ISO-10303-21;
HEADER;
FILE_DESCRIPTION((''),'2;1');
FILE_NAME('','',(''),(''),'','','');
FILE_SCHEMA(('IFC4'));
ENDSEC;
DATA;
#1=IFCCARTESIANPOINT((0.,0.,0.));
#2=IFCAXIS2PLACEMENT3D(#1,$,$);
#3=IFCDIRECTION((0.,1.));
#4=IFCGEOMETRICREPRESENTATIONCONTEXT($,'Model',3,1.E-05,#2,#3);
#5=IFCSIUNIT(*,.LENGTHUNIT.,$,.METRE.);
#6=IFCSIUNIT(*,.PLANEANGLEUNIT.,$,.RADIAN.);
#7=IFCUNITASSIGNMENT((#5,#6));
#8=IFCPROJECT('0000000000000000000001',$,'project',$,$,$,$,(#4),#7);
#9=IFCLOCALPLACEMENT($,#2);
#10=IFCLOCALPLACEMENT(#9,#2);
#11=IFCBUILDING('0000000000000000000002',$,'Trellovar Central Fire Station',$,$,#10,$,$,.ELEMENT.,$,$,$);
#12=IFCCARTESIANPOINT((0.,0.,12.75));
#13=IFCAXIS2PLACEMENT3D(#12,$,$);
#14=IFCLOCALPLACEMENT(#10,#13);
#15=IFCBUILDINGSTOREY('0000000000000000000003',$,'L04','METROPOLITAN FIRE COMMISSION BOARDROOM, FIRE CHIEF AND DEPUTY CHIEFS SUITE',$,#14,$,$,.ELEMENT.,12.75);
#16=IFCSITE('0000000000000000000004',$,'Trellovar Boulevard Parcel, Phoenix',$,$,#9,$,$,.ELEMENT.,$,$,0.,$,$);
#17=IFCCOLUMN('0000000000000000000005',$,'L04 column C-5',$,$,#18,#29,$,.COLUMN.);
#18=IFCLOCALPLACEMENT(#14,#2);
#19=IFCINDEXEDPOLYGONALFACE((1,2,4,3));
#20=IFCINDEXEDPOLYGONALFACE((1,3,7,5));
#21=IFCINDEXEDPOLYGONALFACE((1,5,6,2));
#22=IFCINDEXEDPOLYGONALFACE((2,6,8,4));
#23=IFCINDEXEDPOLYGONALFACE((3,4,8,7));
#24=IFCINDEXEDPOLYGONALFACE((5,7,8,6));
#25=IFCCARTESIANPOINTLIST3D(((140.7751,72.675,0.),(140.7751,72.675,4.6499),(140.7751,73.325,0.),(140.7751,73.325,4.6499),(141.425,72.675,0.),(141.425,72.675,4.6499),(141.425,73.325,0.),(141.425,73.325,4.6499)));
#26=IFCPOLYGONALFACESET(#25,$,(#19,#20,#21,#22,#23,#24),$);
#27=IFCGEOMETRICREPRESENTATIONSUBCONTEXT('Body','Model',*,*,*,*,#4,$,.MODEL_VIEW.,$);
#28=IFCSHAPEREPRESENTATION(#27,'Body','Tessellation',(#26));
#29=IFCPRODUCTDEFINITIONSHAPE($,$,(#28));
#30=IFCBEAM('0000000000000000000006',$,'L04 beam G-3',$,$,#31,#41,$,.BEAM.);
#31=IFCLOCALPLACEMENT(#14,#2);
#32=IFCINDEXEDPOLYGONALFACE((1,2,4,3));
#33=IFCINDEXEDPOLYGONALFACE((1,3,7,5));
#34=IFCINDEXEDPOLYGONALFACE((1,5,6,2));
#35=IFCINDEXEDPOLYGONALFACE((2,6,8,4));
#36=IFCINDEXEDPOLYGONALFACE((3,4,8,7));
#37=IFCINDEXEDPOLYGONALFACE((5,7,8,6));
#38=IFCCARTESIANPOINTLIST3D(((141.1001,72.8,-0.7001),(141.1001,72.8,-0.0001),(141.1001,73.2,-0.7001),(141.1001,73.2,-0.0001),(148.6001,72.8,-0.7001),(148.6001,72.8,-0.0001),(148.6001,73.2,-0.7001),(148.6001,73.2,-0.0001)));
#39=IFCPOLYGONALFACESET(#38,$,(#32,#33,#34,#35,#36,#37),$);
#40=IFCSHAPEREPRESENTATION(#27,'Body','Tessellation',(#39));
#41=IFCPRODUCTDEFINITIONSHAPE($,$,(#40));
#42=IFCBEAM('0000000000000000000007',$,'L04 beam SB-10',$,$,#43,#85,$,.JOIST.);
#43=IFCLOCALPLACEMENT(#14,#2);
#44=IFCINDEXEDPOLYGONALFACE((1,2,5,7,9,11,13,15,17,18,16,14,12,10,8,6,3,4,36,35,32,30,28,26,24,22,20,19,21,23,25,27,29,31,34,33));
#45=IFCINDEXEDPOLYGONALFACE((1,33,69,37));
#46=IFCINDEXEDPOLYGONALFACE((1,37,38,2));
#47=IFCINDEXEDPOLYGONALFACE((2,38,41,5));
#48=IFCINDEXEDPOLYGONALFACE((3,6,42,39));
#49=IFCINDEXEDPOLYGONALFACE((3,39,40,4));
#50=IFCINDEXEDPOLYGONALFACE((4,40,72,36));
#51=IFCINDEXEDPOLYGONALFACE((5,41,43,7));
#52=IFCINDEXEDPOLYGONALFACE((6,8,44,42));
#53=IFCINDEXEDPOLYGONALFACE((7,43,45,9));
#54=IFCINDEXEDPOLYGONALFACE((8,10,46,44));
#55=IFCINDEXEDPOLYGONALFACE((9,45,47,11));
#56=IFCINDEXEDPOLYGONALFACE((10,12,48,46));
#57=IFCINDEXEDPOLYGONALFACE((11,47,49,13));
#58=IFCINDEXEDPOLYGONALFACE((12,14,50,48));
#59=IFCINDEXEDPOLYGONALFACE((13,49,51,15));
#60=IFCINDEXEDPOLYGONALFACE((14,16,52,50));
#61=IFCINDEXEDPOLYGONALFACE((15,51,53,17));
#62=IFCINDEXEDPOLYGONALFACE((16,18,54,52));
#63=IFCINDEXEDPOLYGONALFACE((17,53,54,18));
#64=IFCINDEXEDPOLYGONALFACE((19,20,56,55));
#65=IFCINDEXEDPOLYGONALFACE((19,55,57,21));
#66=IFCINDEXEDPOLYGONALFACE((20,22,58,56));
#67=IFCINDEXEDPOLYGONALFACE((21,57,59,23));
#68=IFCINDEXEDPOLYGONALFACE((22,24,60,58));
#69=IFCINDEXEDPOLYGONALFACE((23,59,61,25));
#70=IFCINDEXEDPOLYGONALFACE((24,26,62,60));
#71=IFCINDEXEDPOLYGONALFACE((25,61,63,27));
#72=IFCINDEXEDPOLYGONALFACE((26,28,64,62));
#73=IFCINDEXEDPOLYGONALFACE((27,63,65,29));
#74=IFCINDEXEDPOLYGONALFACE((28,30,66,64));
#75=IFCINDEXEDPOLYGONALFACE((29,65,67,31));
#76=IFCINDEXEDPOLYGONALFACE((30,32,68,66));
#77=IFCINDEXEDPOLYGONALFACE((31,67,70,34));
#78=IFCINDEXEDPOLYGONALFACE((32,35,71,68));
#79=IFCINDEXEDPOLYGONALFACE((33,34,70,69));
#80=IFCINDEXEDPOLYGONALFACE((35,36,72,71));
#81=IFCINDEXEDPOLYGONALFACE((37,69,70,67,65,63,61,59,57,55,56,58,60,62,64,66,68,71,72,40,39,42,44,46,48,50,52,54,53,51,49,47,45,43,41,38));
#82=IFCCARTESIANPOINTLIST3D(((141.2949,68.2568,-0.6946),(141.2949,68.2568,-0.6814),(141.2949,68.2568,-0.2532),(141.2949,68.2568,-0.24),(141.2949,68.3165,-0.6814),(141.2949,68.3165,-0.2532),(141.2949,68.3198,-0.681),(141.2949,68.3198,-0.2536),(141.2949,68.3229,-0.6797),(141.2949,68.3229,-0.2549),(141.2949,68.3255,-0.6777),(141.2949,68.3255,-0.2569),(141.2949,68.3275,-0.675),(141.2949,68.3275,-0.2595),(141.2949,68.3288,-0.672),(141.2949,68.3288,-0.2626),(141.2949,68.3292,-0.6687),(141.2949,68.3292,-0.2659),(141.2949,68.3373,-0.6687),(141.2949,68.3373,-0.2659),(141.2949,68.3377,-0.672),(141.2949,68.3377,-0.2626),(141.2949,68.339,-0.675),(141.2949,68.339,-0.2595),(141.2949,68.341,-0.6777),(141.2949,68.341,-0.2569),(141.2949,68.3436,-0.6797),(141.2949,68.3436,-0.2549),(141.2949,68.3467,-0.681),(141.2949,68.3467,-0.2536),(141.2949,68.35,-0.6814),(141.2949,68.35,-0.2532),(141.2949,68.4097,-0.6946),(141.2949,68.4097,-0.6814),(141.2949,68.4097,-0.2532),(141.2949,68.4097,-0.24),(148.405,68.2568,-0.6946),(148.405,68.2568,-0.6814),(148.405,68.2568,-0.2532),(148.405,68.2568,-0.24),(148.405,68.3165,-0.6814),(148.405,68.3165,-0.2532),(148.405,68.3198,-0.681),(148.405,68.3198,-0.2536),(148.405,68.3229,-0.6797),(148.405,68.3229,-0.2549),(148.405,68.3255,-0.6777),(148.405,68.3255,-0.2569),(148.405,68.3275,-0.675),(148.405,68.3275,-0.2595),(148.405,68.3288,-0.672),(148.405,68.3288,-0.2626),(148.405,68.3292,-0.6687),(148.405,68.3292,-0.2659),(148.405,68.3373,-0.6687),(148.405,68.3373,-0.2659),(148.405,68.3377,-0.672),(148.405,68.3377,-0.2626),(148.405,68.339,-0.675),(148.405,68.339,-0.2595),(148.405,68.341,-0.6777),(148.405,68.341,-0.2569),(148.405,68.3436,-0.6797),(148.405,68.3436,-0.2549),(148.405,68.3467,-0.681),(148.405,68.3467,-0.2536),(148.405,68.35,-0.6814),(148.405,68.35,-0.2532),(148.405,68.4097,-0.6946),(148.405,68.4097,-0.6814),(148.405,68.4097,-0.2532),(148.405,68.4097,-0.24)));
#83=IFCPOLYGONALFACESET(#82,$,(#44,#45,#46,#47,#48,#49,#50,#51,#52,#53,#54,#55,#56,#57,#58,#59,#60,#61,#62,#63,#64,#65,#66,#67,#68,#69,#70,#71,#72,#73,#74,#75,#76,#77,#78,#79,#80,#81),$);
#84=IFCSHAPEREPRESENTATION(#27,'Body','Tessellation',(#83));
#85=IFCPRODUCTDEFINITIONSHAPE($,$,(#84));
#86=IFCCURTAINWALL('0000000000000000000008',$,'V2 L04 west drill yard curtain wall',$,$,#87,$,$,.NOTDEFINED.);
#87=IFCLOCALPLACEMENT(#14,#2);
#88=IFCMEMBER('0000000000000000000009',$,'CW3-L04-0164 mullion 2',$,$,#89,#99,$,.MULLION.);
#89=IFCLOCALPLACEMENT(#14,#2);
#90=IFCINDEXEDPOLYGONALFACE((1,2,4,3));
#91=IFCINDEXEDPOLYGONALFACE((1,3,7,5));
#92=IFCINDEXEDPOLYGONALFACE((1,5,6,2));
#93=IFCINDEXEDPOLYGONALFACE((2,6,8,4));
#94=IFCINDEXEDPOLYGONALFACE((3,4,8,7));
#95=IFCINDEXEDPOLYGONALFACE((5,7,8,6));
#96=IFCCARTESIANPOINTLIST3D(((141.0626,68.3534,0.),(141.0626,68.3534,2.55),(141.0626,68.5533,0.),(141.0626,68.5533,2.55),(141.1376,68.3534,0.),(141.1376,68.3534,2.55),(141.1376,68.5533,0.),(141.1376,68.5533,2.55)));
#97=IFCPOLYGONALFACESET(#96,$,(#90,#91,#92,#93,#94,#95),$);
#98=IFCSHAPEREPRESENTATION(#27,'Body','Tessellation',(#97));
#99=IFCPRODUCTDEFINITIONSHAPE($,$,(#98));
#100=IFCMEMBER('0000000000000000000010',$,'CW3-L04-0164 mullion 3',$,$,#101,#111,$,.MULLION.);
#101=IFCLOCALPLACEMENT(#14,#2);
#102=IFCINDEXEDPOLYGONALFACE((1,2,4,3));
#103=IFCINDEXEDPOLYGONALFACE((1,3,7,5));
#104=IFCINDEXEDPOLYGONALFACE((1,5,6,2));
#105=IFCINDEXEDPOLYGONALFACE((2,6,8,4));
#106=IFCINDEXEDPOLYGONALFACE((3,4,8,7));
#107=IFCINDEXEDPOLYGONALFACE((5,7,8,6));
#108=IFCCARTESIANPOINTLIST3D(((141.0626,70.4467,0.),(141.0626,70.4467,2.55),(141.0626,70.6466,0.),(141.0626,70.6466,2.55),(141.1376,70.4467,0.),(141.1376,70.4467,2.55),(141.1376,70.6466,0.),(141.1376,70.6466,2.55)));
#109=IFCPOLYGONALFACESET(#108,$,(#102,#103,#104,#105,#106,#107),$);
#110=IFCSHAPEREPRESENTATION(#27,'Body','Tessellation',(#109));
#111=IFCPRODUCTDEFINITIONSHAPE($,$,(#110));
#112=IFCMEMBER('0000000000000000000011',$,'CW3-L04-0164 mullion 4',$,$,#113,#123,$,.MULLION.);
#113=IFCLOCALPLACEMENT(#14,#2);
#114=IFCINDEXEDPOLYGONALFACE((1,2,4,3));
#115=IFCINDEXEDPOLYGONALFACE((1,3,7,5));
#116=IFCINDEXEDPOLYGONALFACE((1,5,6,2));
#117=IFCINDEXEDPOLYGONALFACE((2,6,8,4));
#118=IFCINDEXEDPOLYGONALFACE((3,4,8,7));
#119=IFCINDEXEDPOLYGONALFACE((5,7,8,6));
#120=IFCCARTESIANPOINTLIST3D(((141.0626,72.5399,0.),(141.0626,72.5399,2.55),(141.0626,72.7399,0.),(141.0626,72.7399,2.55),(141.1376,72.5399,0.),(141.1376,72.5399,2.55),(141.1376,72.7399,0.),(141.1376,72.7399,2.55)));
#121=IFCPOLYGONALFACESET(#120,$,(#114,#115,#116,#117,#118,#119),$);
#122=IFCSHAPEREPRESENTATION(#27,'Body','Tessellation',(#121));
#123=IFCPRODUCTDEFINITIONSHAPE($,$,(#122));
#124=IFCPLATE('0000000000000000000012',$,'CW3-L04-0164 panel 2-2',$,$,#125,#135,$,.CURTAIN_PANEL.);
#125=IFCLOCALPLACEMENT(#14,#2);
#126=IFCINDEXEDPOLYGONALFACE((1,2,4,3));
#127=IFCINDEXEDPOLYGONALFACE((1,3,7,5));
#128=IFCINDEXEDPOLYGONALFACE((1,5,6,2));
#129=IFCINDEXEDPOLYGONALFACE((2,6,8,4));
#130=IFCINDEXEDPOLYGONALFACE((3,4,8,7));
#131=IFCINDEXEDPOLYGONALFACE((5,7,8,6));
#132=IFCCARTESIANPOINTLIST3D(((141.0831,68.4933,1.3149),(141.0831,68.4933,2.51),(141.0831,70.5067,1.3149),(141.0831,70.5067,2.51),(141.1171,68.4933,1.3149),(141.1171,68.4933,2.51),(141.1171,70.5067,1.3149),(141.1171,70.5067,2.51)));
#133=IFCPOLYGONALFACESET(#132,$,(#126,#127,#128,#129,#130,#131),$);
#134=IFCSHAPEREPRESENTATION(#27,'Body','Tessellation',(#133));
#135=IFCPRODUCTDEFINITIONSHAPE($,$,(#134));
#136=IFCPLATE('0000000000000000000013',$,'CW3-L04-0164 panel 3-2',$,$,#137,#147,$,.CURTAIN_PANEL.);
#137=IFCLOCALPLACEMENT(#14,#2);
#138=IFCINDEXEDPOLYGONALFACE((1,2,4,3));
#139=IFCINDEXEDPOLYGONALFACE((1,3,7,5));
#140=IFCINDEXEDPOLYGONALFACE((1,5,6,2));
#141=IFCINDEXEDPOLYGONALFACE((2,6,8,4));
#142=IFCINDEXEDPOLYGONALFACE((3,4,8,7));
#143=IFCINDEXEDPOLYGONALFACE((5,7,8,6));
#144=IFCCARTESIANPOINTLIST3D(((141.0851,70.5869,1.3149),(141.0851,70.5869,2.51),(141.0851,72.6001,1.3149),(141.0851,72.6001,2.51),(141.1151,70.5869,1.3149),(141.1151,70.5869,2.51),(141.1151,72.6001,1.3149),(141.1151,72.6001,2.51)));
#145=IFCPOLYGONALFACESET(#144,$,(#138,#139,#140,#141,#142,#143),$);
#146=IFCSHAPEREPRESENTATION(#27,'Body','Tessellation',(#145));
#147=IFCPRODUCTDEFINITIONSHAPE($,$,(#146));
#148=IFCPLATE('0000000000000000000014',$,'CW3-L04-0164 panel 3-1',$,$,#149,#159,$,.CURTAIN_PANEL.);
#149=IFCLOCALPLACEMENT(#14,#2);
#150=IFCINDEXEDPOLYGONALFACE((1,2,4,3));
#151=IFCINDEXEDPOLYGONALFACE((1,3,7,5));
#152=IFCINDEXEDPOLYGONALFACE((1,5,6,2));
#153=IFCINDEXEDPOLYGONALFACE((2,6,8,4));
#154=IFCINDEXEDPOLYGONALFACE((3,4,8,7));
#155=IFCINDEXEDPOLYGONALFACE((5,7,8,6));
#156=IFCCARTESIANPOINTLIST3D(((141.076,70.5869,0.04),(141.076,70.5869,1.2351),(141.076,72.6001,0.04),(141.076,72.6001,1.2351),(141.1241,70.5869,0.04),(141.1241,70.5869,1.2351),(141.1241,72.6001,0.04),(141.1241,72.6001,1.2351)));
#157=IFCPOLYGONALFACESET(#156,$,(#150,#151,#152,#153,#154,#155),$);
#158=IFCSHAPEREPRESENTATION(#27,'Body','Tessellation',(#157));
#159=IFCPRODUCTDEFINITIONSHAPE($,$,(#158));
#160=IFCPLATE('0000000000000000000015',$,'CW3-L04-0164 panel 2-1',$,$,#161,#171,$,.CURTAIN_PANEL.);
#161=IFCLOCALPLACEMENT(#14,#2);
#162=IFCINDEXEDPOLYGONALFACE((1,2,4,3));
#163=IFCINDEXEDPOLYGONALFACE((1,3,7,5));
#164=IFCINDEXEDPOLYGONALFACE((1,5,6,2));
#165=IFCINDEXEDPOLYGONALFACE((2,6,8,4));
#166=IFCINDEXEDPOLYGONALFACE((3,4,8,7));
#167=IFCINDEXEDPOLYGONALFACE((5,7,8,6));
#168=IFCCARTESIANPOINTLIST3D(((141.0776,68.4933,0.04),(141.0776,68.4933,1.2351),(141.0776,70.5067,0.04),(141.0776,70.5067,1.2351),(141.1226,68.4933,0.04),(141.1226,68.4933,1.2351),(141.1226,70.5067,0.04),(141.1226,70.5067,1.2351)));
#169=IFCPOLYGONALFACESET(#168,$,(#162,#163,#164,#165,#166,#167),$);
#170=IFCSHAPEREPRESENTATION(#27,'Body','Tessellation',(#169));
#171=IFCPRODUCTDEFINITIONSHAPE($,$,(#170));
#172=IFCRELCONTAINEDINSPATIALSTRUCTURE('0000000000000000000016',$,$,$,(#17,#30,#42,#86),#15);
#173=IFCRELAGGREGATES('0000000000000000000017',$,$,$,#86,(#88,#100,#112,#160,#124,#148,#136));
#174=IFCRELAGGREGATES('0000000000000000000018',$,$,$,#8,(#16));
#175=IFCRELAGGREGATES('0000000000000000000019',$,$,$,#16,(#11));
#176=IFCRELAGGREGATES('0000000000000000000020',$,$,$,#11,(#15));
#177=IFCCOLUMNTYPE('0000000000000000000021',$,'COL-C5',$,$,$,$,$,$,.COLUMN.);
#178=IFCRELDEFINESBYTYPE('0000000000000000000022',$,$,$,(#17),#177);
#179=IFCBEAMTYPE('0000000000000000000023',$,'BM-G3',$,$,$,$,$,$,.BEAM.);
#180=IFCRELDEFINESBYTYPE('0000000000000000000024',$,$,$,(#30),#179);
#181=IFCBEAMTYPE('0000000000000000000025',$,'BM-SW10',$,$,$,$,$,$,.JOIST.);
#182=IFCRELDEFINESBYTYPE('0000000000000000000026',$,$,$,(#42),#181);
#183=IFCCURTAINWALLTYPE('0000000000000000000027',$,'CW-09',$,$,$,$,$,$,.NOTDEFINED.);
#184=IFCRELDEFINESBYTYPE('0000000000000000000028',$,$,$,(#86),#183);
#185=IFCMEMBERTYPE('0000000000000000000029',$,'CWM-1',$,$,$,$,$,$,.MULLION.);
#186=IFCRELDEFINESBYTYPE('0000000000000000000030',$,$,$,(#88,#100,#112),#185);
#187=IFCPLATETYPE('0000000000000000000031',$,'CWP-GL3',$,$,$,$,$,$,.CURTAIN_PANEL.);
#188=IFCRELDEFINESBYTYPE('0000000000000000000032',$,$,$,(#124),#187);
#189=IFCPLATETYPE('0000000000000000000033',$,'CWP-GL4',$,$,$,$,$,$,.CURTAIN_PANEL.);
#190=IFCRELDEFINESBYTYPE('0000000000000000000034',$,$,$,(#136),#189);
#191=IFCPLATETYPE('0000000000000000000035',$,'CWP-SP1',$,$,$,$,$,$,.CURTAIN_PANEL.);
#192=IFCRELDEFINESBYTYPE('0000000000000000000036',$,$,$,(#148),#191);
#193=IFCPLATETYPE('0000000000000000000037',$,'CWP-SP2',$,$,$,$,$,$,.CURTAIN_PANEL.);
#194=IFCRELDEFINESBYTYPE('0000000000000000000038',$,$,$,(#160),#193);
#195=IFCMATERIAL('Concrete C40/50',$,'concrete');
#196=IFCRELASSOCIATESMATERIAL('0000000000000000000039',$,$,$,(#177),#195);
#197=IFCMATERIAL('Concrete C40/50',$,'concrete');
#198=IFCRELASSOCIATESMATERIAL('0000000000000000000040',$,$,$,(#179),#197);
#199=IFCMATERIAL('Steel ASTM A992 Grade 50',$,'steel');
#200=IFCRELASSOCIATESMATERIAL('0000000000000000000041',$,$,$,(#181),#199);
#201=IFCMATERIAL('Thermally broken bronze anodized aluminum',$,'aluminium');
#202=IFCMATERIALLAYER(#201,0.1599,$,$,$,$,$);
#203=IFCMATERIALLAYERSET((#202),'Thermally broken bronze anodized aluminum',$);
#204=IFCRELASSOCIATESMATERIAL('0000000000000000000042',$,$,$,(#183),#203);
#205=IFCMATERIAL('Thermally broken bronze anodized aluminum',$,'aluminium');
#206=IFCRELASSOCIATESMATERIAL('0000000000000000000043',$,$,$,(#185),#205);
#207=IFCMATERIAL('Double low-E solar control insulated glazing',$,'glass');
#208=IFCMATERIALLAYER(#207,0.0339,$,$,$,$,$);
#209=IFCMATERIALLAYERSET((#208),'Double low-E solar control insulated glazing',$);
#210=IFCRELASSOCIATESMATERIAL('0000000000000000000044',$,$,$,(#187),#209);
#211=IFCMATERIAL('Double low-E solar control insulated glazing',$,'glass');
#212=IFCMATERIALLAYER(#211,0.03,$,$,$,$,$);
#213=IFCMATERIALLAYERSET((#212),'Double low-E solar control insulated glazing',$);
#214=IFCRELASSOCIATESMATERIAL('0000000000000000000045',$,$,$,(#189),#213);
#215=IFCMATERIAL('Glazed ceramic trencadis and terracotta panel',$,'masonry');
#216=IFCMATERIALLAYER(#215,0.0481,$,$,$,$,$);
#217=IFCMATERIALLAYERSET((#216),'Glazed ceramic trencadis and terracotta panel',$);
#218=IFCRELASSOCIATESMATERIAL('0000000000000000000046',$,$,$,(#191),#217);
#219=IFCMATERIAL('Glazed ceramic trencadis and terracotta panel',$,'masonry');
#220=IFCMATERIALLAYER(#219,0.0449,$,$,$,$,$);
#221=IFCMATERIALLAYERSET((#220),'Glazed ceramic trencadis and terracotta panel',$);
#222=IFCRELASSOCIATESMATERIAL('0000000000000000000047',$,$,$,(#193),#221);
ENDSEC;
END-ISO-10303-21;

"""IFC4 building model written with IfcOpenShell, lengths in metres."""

from ifc_helpers import new_model, si_unit, direction, frame, origin, origin_2d, place, context, subcontext, project, spatial, rectangle, i_section, extrude, material, layer, layer_set, material_profile, profile_set, type_object, element, aggregate, save


model = new_model("IFC4")

# Units and contexts
model_context = context("Model", 3, precision=1e-05, world=origin(), true_north=direction((0.0, 1.0)))
body_context = subcontext(model_context, "Body", "Model", "MODEL_VIEW")
ifc_project = project(units=[si_unit("LENGTHUNIT", "METRE"), si_unit("PLANEANGLEUNIT", "RADIAN")], contexts=[model_context])

# Site, building, storey
site_placement = place(None, origin())
site = spatial("IfcSite", under=ifc_project, at=site_placement, Name="Trellovar Boulevard Parcel, Phoenix", CompositionType="ELEMENT", RefElevation=0.0)
building_placement = place(site_placement, origin())
building = spatial("IfcBuilding", under=site, at=building_placement, Name="Trellovar Central Fire Station", CompositionType="ELEMENT")
storey_placement = place(building_placement, frame((0.0, 0.0, 12.75)))
storey = spatial("IfcBuildingStorey", under=building, at=storey_placement, Name="L04", Description="METROPOLITAN FIRE COMMISSION BOARDROOM, FIRE CHIEF AND DEPUTY CHIEFS SUITE", CompositionType="ELEMENT", Elevation=12.75)

# Column
ifc_material_1 = material(Name="Concrete C40/50", Category="concrete")
ifc_material_profile_1 = material_profile(ifc_material_1, rectangle(XDim=0.6499, YDim=0.6499, at=origin_2d()), Name="RC650X650")
ifc_profile_set_1 = profile_set([ifc_material_profile_1], Name="Concrete C40/50")
column_type = type_object("IfcColumnType", Name="COL-C5", PredefinedType="COLUMN", material=ifc_profile_set_1)
column_placement = place(storey_placement, frame((141.1001, 73.0, 0.0), z_axis=(0.0, 0.0, 1.0), x_axis=(1.0, 0.0, 0.0)))
element("IfcColumn", 1, at=column_placement, inside=storey, type_object=column_type, Name="L04 column C-5", PredefinedType="COLUMN", context=body_context, shape_type="SweptSolid", body=[
    extrude(rectangle(XDim=0.6499, YDim=0.6499, at=origin_2d()), origin(), (0.0, 0.0, 1.0), 4.6499),
])

# Beams
ifc_material_2 = material(Name="Concrete C40/50", Category="concrete")
ifc_material_profile_2 = material_profile(ifc_material_2, rectangle(XDim=0.3999, YDim=0.7, at=origin_2d()), Name="RC400X700")
ifc_profile_set_2 = profile_set([ifc_material_profile_2], Name="Concrete C40/50")
beam_type_1 = type_object("IfcBeamType", Name="BM-G3", PredefinedType="BEAM", material=ifc_profile_set_2)
beam_1_placement = place(storey_placement, frame((141.1001, 73.0, -0.3501), z_axis=(1.0, 0.0, 0.0), x_axis=(0.0, 1.0, 0.0)))
element("IfcBeam", 2, at=beam_1_placement, inside=storey, type_object=beam_type_1, Name="L04 beam G-3", PredefinedType="BEAM", context=body_context, shape_type="SweptSolid", body=[
    extrude(rectangle(XDim=0.3999, YDim=0.7, at=origin_2d()), origin(), (0.0, 0.0, 1.0), 7.5),
])
ifc_material_3 = material(Name="Steel ASTM A992 Grade 50", Category="steel")
ifc_material_profile_3 = material_profile(ifc_material_3, i_section(OverallWidth=0.1528, OverallDepth=0.4546, WebThickness=0.0081, FlangeThickness=0.0132, FilletRadius=0.0127, at=origin_2d()), Name="W18X40")
ifc_profile_set_3 = profile_set([ifc_material_profile_3], Name="Steel ASTM A992 Grade 50")
beam_type_2 = type_object("IfcBeamType", Name="BM-SW10", PredefinedType="JOIST", material=ifc_profile_set_3)
beam_2_placement = place(storey_placement, frame((141.2949, 68.3333, -0.4673), z_axis=(1.0, 0.0, 0.0), x_axis=(0.0, 1.0, 0.0)))
element("IfcBeam", 3, at=beam_2_placement, inside=storey, type_object=beam_type_2, Name="L04 beam SB-10", PredefinedType="JOIST", context=body_context, shape_type="SweptSolid", body=[
    extrude(i_section(OverallWidth=0.1528, OverallDepth=0.4546, WebThickness=0.0081, FlangeThickness=0.0132, FilletRadius=0.0127, at=origin_2d()), origin(), (0.0, 0.0, 1.0), 7.1101),
])

# Curtain wall, members, plates
ifc_material_4 = material(Name="Thermally broken bronze anodized aluminum", Category="aluminium")
ifc_layer_1 = layer(ifc_material_4, 0.1599)
ifc_layer_set_1 = layer_set([ifc_layer_1], Name="Thermally broken bronze anodized aluminum")
curtain_wall_type = type_object("IfcCurtainWallType", Name="CW-09", PredefinedType="NOTDEFINED", material=ifc_layer_set_1)
curtain_wall_placement = place(storey_placement, origin())
curtain_wall = element("IfcCurtainWall", 4, at=curtain_wall_placement, inside=storey, type_object=curtain_wall_type, Name="V2 L04 west drill yard curtain wall", PredefinedType="NOTDEFINED")
ifc_material_5 = material(Name="Thermally broken bronze anodized aluminum", Category="aluminium")
ifc_material_profile_4 = material_profile(ifc_material_5, rectangle(XDim=0.075, YDim=0.2, at=origin_2d()), Name="ALU75X200")
ifc_profile_set_4 = profile_set([ifc_material_profile_4], Name="Thermally broken bronze anodized aluminum")
member_type = type_object("IfcMemberType", Name="CWM-1", PredefinedType="MULLION", material=ifc_profile_set_4)
member_1_placement = place(storey_placement, frame((141.1001, 68.4534, 0.0), z_axis=(0.0, 0.0, 1.0), x_axis=(1.0, 0.0, 0.0)))
member_1 = element("IfcMember", 5, at=member_1_placement, type_object=member_type, Name="CW3-L04-0164 mullion 2", PredefinedType="MULLION", context=body_context, shape_type="SweptSolid", body=[
    extrude(rectangle(XDim=0.075, YDim=0.2, at=origin_2d()), origin(), (0.0, 0.0, 1.0), 2.55),
])
member_2_placement = place(storey_placement, frame((141.1001, 70.5466, 0.0), z_axis=(0.0, 0.0, 1.0), x_axis=(1.0, 0.0, 0.0)))
member_2 = element("IfcMember", 6, at=member_2_placement, type_object=member_type, Name="CW3-L04-0164 mullion 3", PredefinedType="MULLION", context=body_context, shape_type="SweptSolid", body=[
    extrude(rectangle(XDim=0.075, YDim=0.2, at=origin_2d()), origin(), (0.0, 0.0, 1.0), 2.55),
])
member_3_placement = place(storey_placement, frame((141.1001, 72.6399, 0.0), z_axis=(0.0, 0.0, 1.0), x_axis=(1.0, 0.0, 0.0)))
member_3 = element("IfcMember", 7, at=member_3_placement, type_object=member_type, Name="CW3-L04-0164 mullion 4", PredefinedType="MULLION", context=body_context, shape_type="SweptSolid", body=[
    extrude(rectangle(XDim=0.075, YDim=0.2, at=origin_2d()), origin(), (0.0, 0.0, 1.0), 2.55),
])
ifc_material_6 = material(Name="Double low-E solar control insulated glazing", Category="glass")
ifc_layer_2 = layer(ifc_material_6, 0.0339)
ifc_layer_set_2 = layer_set([ifc_layer_2], Name="Double low-E solar control insulated glazing")
plate_type_1 = type_object("IfcPlateType", Name="CWP-GL3", PredefinedType="CURTAIN_PANEL", material=ifc_layer_set_2)
plate_1_placement = place(storey_placement, frame((141.1001, 69.5, 1.3149), z_axis=(0.0, 0.0, 1.0), x_axis=(0.0, 1.0, 0.0)))
plate_1 = element("IfcPlate", 8, at=plate_1_placement, type_object=plate_type_1, Name="CW3-L04-0164 panel 2-2", PredefinedType="CURTAIN_PANEL", context=body_context, shape_type="SweptSolid", body=[
    extrude(rectangle(XDim=2.0134, YDim=0.0339, at=origin_2d()), origin(), (0.0, 0.0, 1.0), 1.1951),
])
ifc_material_7 = material(Name="Double low-E solar control insulated glazing", Category="glass")
ifc_layer_3 = layer(ifc_material_7, 0.03)
ifc_layer_set_3 = layer_set([ifc_layer_3], Name="Double low-E solar control insulated glazing")
plate_type_2 = type_object("IfcPlateType", Name="CWP-GL4", PredefinedType="CURTAIN_PANEL", material=ifc_layer_set_3)
plate_2_placement = place(storey_placement, frame((141.1001, 71.5935, 1.3149), z_axis=(0.0, 0.0, 1.0), x_axis=(0.0, 1.0, 0.0)))
plate_2 = element("IfcPlate", 9, at=plate_2_placement, type_object=plate_type_2, Name="CW3-L04-0164 panel 3-2", PredefinedType="CURTAIN_PANEL", context=body_context, shape_type="SweptSolid", body=[
    extrude(rectangle(XDim=2.0132, YDim=0.03, at=origin_2d()), origin(), (0.0, 0.0, 1.0), 1.1951),
])
ifc_material_8 = material(Name="Glazed ceramic trencadis and terracotta panel", Category="masonry")
ifc_layer_4 = layer(ifc_material_8, 0.0481)
ifc_layer_set_4 = layer_set([ifc_layer_4], Name="Glazed ceramic trencadis and terracotta panel")
plate_type_3 = type_object("IfcPlateType", Name="CWP-SP1", PredefinedType="CURTAIN_PANEL", material=ifc_layer_set_4)
plate_3_placement = place(storey_placement, frame((141.1001, 71.5935, 0.04), z_axis=(0.0, 0.0, 1.0), x_axis=(0.0, 1.0, 0.0)))
plate_3 = element("IfcPlate", 10, at=plate_3_placement, type_object=plate_type_3, Name="CW3-L04-0164 panel 3-1", PredefinedType="CURTAIN_PANEL", context=body_context, shape_type="SweptSolid", body=[
    extrude(rectangle(XDim=2.0132, YDim=0.0481, at=origin_2d()), origin(), (0.0, 0.0, 1.0), 1.1951),
])
ifc_material_9 = material(Name="Glazed ceramic trencadis and terracotta panel", Category="masonry")
ifc_layer_5 = layer(ifc_material_9, 0.0449)
ifc_layer_set_5 = layer_set([ifc_layer_5], Name="Glazed ceramic trencadis and terracotta panel")
plate_type_4 = type_object("IfcPlateType", Name="CWP-SP2", PredefinedType="CURTAIN_PANEL", material=ifc_layer_set_5)
plate_4_placement = place(storey_placement, frame((141.1001, 69.5, 0.04), z_axis=(0.0, 0.0, 1.0), x_axis=(0.0, 1.0, 0.0)))
plate_4 = element("IfcPlate", 11, at=plate_4_placement, type_object=plate_type_4, Name="CW3-L04-0164 panel 2-1", PredefinedType="CURTAIN_PANEL", context=body_context, shape_type="SweptSolid", body=[
    extrude(rectangle(XDim=2.0134, YDim=0.0449, at=origin_2d()), origin(), (0.0, 0.0, 1.0), 1.1951),
])
aggregate(curtain_wall, [member_1, member_2, member_3, plate_4, plate_1, plate_3, plate_2])

save(model, "model.ifc")
